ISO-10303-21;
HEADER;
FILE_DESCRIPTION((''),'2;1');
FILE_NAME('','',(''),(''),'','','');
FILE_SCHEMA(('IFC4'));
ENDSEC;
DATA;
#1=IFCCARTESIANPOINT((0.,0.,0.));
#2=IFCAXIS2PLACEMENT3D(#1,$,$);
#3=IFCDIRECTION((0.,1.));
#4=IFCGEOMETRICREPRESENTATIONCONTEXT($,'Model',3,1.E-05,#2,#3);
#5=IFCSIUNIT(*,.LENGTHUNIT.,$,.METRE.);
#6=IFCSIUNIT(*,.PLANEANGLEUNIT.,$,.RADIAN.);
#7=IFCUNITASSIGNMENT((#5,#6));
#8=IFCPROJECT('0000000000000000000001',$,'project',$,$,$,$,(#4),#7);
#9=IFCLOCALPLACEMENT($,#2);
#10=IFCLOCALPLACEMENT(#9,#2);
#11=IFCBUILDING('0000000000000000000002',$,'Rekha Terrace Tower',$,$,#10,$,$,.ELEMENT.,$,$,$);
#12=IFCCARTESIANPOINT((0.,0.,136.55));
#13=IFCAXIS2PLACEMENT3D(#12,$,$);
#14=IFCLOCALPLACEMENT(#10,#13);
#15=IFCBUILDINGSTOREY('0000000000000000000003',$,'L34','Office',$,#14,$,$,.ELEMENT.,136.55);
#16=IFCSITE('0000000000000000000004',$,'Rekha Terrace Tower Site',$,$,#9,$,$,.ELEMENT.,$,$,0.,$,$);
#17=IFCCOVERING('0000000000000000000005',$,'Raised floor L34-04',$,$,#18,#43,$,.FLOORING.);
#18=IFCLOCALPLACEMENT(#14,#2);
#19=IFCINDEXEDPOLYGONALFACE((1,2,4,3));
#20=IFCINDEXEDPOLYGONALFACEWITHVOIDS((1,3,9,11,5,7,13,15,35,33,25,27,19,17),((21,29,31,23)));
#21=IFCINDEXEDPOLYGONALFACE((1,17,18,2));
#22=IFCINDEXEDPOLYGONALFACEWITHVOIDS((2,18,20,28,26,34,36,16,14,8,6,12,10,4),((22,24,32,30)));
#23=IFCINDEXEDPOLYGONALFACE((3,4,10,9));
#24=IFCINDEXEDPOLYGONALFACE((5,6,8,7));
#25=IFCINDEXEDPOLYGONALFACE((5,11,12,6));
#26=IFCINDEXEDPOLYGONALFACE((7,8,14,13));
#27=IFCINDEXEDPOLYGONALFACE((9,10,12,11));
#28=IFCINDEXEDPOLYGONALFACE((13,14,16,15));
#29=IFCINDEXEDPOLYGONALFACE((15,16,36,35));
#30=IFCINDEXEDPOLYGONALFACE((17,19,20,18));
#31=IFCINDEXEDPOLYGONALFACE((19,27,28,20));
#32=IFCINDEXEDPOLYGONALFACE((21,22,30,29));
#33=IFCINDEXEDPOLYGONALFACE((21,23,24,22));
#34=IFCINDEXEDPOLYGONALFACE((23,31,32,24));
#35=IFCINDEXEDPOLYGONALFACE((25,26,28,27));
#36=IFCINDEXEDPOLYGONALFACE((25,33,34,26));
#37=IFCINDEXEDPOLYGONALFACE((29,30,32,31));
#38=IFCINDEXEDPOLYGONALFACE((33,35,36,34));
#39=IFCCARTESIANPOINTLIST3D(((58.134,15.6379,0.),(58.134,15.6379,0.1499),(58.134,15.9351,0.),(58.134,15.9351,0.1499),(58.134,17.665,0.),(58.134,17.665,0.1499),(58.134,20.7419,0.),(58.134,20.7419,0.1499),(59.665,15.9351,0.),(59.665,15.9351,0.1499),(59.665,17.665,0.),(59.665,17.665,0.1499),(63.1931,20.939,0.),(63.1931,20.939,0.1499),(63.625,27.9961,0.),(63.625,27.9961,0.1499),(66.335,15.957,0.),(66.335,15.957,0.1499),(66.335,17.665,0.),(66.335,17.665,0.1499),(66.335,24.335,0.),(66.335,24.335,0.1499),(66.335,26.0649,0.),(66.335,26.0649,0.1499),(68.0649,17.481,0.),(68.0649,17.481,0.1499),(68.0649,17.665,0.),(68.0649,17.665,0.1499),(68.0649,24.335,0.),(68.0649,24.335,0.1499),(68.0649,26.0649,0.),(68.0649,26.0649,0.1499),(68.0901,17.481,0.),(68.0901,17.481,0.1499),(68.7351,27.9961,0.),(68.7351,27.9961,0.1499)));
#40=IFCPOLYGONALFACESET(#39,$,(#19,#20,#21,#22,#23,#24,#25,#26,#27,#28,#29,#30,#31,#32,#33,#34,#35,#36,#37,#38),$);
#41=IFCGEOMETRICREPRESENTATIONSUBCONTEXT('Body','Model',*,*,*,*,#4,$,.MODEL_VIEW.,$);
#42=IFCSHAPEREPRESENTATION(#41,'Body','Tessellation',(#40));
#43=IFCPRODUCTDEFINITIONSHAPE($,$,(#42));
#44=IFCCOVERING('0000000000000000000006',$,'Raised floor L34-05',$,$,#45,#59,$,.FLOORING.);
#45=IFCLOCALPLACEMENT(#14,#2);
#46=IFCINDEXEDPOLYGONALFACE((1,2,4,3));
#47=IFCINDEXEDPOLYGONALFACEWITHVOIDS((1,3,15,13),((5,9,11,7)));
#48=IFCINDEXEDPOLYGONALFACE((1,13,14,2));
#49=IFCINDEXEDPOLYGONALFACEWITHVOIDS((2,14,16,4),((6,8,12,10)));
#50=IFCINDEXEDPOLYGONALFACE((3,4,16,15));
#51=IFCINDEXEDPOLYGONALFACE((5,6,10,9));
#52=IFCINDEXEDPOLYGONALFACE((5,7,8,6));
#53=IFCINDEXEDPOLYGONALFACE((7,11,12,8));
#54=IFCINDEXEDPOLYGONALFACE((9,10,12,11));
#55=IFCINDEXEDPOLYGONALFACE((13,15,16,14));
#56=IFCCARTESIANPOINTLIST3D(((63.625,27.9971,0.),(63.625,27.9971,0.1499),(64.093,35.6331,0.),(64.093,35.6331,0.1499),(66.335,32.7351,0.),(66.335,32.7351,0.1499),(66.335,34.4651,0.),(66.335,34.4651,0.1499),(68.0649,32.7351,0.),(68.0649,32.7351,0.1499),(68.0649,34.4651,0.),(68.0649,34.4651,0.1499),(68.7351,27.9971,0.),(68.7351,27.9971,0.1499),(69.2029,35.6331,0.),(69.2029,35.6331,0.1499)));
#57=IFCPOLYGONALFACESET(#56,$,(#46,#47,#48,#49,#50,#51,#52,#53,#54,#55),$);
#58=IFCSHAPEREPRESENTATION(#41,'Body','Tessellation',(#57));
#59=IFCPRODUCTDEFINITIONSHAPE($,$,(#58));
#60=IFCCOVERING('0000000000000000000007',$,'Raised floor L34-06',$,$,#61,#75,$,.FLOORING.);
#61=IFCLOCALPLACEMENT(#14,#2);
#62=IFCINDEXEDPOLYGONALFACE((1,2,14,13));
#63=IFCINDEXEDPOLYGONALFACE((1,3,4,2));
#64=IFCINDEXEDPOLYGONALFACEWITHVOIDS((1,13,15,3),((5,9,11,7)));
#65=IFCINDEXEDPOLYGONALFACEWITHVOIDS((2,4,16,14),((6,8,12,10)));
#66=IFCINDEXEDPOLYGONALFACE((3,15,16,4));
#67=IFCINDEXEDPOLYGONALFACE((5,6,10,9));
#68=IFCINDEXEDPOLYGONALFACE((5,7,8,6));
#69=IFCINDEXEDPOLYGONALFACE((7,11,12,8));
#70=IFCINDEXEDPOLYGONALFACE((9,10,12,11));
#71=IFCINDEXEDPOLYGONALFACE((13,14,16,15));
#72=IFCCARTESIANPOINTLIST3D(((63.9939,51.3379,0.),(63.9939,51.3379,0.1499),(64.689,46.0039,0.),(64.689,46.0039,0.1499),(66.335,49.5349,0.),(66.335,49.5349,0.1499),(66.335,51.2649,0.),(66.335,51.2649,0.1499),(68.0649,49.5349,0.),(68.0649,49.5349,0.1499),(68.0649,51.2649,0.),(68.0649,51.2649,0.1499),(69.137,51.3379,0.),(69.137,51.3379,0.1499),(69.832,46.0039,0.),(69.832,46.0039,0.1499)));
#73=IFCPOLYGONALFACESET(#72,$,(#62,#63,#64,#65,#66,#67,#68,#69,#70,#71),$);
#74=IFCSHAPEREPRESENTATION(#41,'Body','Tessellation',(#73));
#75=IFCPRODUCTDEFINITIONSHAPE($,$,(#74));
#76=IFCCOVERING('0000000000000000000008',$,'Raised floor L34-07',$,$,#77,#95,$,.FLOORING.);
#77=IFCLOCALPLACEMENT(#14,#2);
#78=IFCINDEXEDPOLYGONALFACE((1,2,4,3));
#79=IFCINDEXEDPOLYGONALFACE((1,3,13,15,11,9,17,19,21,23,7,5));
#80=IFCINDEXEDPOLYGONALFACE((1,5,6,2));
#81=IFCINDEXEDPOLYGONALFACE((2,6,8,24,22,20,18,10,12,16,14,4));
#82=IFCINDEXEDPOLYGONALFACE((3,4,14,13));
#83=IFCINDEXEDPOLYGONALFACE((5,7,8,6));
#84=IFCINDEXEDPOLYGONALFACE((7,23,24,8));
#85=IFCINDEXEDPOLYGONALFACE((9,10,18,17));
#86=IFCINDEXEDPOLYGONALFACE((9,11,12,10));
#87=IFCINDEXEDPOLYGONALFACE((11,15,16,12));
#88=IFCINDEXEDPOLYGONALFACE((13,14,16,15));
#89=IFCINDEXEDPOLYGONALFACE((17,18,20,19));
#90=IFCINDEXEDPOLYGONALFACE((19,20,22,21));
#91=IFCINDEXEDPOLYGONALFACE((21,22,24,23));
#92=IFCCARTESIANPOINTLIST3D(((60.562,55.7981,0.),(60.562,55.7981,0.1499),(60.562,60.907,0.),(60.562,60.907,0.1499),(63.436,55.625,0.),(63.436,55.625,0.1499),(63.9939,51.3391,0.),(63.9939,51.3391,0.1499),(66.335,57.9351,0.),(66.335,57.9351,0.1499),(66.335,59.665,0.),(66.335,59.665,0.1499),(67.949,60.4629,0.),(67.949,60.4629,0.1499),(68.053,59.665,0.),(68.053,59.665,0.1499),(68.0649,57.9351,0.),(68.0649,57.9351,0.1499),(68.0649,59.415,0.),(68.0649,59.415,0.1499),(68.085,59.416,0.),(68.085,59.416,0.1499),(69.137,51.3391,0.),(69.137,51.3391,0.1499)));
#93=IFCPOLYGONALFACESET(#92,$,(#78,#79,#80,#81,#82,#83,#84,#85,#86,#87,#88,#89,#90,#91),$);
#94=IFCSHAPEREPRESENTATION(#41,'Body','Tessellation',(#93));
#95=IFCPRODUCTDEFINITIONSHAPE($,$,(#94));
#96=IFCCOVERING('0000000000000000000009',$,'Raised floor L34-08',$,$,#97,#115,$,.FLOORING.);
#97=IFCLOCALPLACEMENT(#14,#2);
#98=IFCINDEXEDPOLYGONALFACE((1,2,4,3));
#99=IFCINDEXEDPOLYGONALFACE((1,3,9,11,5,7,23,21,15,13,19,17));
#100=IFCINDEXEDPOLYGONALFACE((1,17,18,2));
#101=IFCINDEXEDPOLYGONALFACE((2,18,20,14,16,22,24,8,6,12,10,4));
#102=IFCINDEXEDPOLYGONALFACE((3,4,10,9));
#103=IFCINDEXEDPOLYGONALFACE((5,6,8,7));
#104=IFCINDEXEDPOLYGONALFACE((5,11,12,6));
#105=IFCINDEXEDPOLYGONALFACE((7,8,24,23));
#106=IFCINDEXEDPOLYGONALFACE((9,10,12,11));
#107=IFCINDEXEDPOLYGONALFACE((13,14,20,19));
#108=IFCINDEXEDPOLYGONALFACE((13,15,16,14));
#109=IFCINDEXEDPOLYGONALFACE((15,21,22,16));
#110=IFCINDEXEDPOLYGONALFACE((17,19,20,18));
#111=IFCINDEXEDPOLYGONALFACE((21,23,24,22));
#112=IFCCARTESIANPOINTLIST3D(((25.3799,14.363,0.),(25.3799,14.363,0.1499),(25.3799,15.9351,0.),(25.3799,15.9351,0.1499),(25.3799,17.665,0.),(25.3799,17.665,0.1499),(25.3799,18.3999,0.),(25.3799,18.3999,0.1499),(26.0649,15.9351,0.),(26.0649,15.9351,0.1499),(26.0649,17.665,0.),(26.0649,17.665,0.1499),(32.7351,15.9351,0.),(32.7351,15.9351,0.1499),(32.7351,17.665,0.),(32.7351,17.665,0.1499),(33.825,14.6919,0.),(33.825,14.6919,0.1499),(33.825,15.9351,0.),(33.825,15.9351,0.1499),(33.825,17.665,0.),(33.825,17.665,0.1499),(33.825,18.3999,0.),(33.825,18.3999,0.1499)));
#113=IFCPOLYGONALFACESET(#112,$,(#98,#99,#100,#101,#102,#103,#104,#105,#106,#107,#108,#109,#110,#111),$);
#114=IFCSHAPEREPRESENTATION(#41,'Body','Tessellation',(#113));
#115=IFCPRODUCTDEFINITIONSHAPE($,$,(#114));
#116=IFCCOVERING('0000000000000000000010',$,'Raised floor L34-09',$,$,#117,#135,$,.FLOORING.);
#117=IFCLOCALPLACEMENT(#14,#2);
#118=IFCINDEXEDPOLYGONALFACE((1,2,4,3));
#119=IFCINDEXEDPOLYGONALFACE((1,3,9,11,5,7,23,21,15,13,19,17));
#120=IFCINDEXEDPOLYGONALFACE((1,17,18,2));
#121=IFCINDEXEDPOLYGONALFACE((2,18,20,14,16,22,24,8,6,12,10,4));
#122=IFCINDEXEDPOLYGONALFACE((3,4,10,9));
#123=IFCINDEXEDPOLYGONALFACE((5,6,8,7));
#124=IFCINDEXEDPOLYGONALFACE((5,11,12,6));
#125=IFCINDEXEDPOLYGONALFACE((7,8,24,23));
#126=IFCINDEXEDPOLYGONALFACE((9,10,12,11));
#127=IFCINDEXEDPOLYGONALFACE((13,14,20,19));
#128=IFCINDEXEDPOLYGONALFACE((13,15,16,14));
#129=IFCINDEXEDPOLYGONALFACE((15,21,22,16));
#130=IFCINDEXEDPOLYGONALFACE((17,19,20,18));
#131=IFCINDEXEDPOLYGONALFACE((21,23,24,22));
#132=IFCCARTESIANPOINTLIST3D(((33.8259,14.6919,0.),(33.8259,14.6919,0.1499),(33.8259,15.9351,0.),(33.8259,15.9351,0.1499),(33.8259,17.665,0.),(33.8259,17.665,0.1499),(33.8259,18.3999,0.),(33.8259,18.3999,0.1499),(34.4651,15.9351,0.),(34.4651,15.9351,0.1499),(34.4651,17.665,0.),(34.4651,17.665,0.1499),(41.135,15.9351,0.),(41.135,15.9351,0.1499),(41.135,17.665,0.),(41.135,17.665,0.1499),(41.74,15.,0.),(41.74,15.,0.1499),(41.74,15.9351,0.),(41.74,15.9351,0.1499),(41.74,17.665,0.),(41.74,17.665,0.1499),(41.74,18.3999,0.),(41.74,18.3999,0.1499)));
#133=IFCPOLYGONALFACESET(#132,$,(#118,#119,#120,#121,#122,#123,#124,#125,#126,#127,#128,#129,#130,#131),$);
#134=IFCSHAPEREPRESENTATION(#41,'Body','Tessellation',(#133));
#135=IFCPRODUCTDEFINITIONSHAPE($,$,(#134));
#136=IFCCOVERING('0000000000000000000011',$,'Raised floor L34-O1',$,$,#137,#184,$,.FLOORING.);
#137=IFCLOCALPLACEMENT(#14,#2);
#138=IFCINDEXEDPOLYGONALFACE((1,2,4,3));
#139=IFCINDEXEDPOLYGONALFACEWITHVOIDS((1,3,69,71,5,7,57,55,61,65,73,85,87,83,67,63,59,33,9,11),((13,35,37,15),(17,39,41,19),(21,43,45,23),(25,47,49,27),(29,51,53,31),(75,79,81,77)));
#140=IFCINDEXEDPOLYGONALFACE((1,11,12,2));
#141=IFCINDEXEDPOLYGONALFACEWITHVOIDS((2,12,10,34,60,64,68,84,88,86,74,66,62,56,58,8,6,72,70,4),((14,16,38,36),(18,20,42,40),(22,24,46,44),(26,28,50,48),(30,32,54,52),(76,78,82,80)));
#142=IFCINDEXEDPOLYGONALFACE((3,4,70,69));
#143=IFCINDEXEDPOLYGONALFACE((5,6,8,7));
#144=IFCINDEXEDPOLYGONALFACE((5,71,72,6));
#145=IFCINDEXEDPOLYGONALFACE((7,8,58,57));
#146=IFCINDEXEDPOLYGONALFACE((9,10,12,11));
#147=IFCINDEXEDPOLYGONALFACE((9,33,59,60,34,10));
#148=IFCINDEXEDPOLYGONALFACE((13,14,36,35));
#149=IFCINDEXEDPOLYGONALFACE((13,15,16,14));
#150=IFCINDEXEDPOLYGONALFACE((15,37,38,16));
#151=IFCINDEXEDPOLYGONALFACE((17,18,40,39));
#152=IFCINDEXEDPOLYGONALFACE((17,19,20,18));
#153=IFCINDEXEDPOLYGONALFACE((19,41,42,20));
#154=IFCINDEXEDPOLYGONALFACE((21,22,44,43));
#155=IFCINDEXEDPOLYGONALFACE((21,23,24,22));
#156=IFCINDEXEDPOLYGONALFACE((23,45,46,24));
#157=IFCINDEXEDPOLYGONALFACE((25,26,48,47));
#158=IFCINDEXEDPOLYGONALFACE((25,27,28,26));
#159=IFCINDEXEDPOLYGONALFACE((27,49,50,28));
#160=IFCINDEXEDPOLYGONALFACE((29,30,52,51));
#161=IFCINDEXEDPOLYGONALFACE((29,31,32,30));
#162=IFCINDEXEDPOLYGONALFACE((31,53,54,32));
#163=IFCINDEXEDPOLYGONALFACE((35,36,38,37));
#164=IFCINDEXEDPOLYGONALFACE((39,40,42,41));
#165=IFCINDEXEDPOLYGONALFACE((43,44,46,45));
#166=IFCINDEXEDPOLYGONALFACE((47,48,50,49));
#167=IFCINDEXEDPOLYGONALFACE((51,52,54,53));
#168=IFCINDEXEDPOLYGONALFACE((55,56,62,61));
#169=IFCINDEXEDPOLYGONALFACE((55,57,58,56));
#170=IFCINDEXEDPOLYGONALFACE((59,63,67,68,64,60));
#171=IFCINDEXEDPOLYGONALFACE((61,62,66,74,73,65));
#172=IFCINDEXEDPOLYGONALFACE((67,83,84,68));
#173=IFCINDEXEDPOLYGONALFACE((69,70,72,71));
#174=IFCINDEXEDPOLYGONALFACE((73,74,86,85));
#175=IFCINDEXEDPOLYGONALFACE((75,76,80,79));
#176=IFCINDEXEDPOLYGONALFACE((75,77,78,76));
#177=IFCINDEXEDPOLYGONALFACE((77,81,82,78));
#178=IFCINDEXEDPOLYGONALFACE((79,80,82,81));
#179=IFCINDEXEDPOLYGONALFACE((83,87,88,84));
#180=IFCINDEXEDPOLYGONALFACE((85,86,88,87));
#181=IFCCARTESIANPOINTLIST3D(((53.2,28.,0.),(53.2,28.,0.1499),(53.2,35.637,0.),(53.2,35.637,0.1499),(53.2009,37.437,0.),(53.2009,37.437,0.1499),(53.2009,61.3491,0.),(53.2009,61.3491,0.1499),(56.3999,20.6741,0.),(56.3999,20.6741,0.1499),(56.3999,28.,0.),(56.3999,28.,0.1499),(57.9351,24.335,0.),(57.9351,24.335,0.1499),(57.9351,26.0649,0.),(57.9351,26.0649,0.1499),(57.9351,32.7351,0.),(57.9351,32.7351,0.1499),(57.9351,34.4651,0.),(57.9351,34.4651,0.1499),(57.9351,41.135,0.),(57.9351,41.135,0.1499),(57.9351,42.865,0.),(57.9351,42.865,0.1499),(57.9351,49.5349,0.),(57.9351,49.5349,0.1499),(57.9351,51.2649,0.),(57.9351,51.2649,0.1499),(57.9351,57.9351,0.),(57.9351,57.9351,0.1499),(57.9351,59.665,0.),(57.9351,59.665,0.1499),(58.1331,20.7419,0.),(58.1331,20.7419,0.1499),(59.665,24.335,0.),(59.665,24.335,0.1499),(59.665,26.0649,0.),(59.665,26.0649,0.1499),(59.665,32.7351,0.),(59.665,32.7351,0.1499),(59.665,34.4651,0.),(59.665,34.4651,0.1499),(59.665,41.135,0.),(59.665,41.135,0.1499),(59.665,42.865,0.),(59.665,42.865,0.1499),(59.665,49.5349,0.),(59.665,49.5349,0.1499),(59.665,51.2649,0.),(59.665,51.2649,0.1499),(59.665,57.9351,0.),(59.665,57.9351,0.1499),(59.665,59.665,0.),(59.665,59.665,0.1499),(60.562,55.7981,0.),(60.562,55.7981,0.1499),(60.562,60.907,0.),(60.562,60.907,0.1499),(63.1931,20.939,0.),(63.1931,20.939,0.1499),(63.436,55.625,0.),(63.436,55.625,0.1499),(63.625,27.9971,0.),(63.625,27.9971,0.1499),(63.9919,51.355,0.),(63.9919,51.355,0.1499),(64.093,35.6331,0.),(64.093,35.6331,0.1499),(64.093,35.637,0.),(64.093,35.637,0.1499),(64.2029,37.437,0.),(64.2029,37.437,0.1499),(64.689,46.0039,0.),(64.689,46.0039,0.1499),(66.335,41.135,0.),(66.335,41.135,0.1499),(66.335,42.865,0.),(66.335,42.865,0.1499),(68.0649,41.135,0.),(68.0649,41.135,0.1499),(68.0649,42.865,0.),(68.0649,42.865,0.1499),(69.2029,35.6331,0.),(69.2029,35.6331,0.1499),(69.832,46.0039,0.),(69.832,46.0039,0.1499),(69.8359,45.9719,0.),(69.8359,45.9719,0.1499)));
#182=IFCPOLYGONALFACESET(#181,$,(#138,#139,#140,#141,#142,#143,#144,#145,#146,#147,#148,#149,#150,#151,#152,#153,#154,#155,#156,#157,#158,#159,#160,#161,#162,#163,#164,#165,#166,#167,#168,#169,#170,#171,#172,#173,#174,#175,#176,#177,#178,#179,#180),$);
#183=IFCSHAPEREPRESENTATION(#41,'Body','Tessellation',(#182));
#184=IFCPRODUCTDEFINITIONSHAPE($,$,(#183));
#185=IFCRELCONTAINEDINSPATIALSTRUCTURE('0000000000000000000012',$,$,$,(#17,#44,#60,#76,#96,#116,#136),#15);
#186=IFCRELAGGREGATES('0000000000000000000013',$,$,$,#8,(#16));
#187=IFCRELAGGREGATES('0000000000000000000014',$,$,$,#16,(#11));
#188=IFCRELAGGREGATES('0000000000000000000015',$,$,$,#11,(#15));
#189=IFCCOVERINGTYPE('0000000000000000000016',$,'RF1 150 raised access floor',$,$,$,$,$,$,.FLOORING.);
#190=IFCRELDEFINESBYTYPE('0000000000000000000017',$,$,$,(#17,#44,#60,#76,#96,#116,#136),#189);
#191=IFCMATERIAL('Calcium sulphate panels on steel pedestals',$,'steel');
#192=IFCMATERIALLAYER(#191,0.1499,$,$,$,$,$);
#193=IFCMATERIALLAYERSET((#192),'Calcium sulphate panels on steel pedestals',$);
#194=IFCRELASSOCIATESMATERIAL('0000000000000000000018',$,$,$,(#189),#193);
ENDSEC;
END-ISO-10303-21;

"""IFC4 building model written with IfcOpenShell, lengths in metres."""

from ifc_helpers import new_model, si_unit, direction, frame, origin, place, context, subcontext, project, spatial, polyline, outline, extrude, material, layer, layer_set, type_object, element, save


model = new_model("IFC4")

# Units and contexts
model_context = context("Model", 3, precision=1e-05, world=origin(), true_north=direction((0.0, 1.0)))
body_context = subcontext(model_context, "Body", "Model", "MODEL_VIEW")
ifc_project = project(units=[si_unit("LENGTHUNIT", "METRE"), si_unit("PLANEANGLEUNIT", "RADIAN")], contexts=[model_context])

# Site, building, storey
site_placement = place(None, origin())
site = spatial("IfcSite", under=ifc_project, at=site_placement, Name="Rekha Terrace Tower Site", CompositionType="ELEMENT", RefElevation=0.0)
building_placement = place(site_placement, origin())
building = spatial("IfcBuilding", under=site, at=building_placement, Name="Rekha Terrace Tower", CompositionType="ELEMENT")
storey_placement = place(building_placement, frame((0.0, 0.0, 136.55)))
storey = spatial("IfcBuildingStorey", under=building, at=storey_placement, Name="L34", Description="Office", CompositionType="ELEMENT", Elevation=136.55)

# Coverings
ifc_material_1 = material(Name="Calcium sulphate panels on steel pedestals", Category="steel")
ifc_layer_1 = layer(ifc_material_1, 0.1499)
ifc_layer_set_1 = layer_set([ifc_layer_1], Name="Calcium sulphate panels on steel pedestals")
covering_type_1 = type_object("IfcCoveringType", Name="RF1 150 raised access floor", PredefinedType="FLOORING", material=ifc_layer_set_1)
covering_1_placement = place(storey_placement, origin())
element("IfcCovering", 1, at=covering_1_placement, inside=storey, type_object=covering_type_1, Name="Raised floor L34-04", PredefinedType="FLOORING", context=body_context, shape_type="SweptSolid", body=[
    extrude(outline(polyline([(63.625, 27.9961), (63.1931, 20.939), (58.134, 20.7419), (58.134, 17.665), (59.665, 17.665), (59.665, 15.9351), (58.134, 15.9351), (58.134, 15.6379), (66.335, 15.957), (66.335, 17.665), (68.0649, 17.665), (68.0649, 17.481), (68.0901, 17.481), (68.7351, 27.9961), (63.625, 27.9961)]), holes=[polyline([(68.0649, 24.335), (66.335, 24.335), (66.335, 26.0649), (68.0649, 26.0649), (68.0649, 24.335)])]), origin(), (0.0, 0.0, 1.0), 0.1499),
])
covering_2_placement = place(storey_placement, origin())
element("IfcCovering", 2, at=covering_2_placement, inside=storey, type_object=covering_type_1, Name="Raised floor L34-05", PredefinedType="FLOORING", context=body_context, shape_type="SweptSolid", body=[
    extrude(outline(polyline([(63.625, 27.9971), (68.7351, 27.9971), (69.2029, 35.6331), (64.093, 35.6331), (63.625, 27.9971)]), holes=[polyline([(68.0649, 34.4651), (68.0649, 32.7351), (66.335, 32.7351), (66.335, 34.4651), (68.0649, 34.4651)])]), origin(), (0.0, 0.0, 1.0), 0.1499),
])
covering_3_placement = place(storey_placement, origin())
element("IfcCovering", 3, at=covering_3_placement, inside=storey, type_object=covering_type_1, Name="Raised floor L34-06", PredefinedType="FLOORING", context=body_context, shape_type="SweptSolid", body=[
    extrude(outline(polyline([(64.689, 46.0039), (69.832, 46.0039), (69.137, 51.3379), (63.9939, 51.3379), (64.689, 46.0039)]), holes=[polyline([(68.0649, 49.5349), (66.335, 49.5349), (66.335, 51.2649), (68.0649, 51.2649), (68.0649, 49.5349)])]), origin(), (0.0, 0.0, 1.0), 0.1499),
])
covering_4_placement = place(storey_placement, origin())
element("IfcCovering", 4, at=covering_4_placement, inside=storey, type_object=covering_type_1, Name="Raised floor L34-07", PredefinedType="FLOORING", context=body_context, shape_type="SweptSolid", body=[
    extrude(outline(polyline([(67.949, 60.4629), (60.562, 60.907), (60.562, 55.7981), (63.436, 55.625), (63.9939, 51.3391), (69.137, 51.3391), (68.085, 59.416), (68.0649, 59.415), (68.0649, 57.9351), (66.335, 57.9351), (66.335, 59.665), (68.053, 59.665), (67.949, 60.4629)])), origin(), (0.0, 0.0, 1.0), 0.1499),
])
covering_5_placement = place(storey_placement, origin())
element("IfcCovering", 5, at=covering_5_placement, inside=storey, type_object=covering_type_1, Name="Raised floor L34-08", PredefinedType="FLOORING", context=body_context, shape_type="SweptSolid", body=[
    extrude(outline(polyline([(33.825, 17.665), (33.825, 18.3999), (25.3799, 18.3999), (25.3799, 17.665), (26.0649, 17.665), (26.0649, 15.9351), (25.3799, 15.9351), (25.3799, 14.363), (33.825, 14.6919), (33.825, 15.9351), (32.7351, 15.9351), (32.7351, 17.665), (33.825, 17.665)])), origin(), (0.0, 0.0, 1.0), 0.1499),
])
covering_6_placement = place(storey_placement, origin())
element("IfcCovering", 6, at=covering_6_placement, inside=storey, type_object=covering_type_1, Name="Raised floor L34-09", PredefinedType="FLOORING", context=body_context, shape_type="SweptSolid", body=[
    extrude(outline(polyline([(41.74, 17.665), (41.74, 18.3999), (33.8259, 18.3999), (33.8259, 17.665), (34.4651, 17.665), (34.4651, 15.9351), (33.8259, 15.9351), (33.8259, 14.6919), (41.74, 15.0), (41.74, 15.9351), (41.135, 15.9351), (41.135, 17.665), (41.74, 17.665)])), origin(), (0.0, 0.0, 1.0), 0.1499),
])
covering_7_placement = place(storey_placement, origin())
element("IfcCovering", 7, at=covering_7_placement, inside=storey, type_object=covering_type_1, Name="Raised floor L34-O1", PredefinedType="FLOORING", context=body_context, shape_type="SweptSolid", body=[
    extrude(outline(polyline([(56.3999, 20.6741), (58.1331, 20.7419), (63.1931, 20.939), (63.625, 27.9971), (64.093, 35.6331), (69.2029, 35.6331), (69.8359, 45.9719), (69.832, 46.0039), (64.689, 46.0039), (63.9919, 51.355), (63.436, 55.625), (60.562, 55.7981), (60.562, 60.907), (53.2009, 61.3491), (53.2009, 37.437), (64.2029, 37.437), (64.093, 35.637), (53.2, 35.637), (53.2, 28.0), (56.3999, 28.0), (56.3999, 20.6741)]), holes=[polyline([(68.0649, 41.135), (66.335, 41.135), (66.335, 42.865), (68.0649, 42.865), (68.0649, 41.135)]), polyline([(59.665, 26.0649), (59.665, 24.335), (57.9351, 24.335), (57.9351, 26.0649), (59.665, 26.0649)]), polyline([(59.665, 32.7351), (57.9351, 32.7351), (57.9351, 34.4651), (59.665, 34.4651), (59.665, 32.7351)]), polyline([(59.665, 41.135), (57.9351, 41.135), (57.9351, 42.865), (59.665, 42.865), (59.665, 41.135)]), polyline([(59.665, 49.5349), (57.9351, 49.5349), (57.9351, 51.2649), (59.665, 51.2649), (59.665, 49.5349)]), polyline([(59.665, 57.9351), (57.9351, 57.9351), (57.9351, 59.665), (59.665, 59.665), (59.665, 57.9351)])]), origin(), (0.0, 0.0, 1.0), 0.1499),
])

save(model, "model.ifc")
